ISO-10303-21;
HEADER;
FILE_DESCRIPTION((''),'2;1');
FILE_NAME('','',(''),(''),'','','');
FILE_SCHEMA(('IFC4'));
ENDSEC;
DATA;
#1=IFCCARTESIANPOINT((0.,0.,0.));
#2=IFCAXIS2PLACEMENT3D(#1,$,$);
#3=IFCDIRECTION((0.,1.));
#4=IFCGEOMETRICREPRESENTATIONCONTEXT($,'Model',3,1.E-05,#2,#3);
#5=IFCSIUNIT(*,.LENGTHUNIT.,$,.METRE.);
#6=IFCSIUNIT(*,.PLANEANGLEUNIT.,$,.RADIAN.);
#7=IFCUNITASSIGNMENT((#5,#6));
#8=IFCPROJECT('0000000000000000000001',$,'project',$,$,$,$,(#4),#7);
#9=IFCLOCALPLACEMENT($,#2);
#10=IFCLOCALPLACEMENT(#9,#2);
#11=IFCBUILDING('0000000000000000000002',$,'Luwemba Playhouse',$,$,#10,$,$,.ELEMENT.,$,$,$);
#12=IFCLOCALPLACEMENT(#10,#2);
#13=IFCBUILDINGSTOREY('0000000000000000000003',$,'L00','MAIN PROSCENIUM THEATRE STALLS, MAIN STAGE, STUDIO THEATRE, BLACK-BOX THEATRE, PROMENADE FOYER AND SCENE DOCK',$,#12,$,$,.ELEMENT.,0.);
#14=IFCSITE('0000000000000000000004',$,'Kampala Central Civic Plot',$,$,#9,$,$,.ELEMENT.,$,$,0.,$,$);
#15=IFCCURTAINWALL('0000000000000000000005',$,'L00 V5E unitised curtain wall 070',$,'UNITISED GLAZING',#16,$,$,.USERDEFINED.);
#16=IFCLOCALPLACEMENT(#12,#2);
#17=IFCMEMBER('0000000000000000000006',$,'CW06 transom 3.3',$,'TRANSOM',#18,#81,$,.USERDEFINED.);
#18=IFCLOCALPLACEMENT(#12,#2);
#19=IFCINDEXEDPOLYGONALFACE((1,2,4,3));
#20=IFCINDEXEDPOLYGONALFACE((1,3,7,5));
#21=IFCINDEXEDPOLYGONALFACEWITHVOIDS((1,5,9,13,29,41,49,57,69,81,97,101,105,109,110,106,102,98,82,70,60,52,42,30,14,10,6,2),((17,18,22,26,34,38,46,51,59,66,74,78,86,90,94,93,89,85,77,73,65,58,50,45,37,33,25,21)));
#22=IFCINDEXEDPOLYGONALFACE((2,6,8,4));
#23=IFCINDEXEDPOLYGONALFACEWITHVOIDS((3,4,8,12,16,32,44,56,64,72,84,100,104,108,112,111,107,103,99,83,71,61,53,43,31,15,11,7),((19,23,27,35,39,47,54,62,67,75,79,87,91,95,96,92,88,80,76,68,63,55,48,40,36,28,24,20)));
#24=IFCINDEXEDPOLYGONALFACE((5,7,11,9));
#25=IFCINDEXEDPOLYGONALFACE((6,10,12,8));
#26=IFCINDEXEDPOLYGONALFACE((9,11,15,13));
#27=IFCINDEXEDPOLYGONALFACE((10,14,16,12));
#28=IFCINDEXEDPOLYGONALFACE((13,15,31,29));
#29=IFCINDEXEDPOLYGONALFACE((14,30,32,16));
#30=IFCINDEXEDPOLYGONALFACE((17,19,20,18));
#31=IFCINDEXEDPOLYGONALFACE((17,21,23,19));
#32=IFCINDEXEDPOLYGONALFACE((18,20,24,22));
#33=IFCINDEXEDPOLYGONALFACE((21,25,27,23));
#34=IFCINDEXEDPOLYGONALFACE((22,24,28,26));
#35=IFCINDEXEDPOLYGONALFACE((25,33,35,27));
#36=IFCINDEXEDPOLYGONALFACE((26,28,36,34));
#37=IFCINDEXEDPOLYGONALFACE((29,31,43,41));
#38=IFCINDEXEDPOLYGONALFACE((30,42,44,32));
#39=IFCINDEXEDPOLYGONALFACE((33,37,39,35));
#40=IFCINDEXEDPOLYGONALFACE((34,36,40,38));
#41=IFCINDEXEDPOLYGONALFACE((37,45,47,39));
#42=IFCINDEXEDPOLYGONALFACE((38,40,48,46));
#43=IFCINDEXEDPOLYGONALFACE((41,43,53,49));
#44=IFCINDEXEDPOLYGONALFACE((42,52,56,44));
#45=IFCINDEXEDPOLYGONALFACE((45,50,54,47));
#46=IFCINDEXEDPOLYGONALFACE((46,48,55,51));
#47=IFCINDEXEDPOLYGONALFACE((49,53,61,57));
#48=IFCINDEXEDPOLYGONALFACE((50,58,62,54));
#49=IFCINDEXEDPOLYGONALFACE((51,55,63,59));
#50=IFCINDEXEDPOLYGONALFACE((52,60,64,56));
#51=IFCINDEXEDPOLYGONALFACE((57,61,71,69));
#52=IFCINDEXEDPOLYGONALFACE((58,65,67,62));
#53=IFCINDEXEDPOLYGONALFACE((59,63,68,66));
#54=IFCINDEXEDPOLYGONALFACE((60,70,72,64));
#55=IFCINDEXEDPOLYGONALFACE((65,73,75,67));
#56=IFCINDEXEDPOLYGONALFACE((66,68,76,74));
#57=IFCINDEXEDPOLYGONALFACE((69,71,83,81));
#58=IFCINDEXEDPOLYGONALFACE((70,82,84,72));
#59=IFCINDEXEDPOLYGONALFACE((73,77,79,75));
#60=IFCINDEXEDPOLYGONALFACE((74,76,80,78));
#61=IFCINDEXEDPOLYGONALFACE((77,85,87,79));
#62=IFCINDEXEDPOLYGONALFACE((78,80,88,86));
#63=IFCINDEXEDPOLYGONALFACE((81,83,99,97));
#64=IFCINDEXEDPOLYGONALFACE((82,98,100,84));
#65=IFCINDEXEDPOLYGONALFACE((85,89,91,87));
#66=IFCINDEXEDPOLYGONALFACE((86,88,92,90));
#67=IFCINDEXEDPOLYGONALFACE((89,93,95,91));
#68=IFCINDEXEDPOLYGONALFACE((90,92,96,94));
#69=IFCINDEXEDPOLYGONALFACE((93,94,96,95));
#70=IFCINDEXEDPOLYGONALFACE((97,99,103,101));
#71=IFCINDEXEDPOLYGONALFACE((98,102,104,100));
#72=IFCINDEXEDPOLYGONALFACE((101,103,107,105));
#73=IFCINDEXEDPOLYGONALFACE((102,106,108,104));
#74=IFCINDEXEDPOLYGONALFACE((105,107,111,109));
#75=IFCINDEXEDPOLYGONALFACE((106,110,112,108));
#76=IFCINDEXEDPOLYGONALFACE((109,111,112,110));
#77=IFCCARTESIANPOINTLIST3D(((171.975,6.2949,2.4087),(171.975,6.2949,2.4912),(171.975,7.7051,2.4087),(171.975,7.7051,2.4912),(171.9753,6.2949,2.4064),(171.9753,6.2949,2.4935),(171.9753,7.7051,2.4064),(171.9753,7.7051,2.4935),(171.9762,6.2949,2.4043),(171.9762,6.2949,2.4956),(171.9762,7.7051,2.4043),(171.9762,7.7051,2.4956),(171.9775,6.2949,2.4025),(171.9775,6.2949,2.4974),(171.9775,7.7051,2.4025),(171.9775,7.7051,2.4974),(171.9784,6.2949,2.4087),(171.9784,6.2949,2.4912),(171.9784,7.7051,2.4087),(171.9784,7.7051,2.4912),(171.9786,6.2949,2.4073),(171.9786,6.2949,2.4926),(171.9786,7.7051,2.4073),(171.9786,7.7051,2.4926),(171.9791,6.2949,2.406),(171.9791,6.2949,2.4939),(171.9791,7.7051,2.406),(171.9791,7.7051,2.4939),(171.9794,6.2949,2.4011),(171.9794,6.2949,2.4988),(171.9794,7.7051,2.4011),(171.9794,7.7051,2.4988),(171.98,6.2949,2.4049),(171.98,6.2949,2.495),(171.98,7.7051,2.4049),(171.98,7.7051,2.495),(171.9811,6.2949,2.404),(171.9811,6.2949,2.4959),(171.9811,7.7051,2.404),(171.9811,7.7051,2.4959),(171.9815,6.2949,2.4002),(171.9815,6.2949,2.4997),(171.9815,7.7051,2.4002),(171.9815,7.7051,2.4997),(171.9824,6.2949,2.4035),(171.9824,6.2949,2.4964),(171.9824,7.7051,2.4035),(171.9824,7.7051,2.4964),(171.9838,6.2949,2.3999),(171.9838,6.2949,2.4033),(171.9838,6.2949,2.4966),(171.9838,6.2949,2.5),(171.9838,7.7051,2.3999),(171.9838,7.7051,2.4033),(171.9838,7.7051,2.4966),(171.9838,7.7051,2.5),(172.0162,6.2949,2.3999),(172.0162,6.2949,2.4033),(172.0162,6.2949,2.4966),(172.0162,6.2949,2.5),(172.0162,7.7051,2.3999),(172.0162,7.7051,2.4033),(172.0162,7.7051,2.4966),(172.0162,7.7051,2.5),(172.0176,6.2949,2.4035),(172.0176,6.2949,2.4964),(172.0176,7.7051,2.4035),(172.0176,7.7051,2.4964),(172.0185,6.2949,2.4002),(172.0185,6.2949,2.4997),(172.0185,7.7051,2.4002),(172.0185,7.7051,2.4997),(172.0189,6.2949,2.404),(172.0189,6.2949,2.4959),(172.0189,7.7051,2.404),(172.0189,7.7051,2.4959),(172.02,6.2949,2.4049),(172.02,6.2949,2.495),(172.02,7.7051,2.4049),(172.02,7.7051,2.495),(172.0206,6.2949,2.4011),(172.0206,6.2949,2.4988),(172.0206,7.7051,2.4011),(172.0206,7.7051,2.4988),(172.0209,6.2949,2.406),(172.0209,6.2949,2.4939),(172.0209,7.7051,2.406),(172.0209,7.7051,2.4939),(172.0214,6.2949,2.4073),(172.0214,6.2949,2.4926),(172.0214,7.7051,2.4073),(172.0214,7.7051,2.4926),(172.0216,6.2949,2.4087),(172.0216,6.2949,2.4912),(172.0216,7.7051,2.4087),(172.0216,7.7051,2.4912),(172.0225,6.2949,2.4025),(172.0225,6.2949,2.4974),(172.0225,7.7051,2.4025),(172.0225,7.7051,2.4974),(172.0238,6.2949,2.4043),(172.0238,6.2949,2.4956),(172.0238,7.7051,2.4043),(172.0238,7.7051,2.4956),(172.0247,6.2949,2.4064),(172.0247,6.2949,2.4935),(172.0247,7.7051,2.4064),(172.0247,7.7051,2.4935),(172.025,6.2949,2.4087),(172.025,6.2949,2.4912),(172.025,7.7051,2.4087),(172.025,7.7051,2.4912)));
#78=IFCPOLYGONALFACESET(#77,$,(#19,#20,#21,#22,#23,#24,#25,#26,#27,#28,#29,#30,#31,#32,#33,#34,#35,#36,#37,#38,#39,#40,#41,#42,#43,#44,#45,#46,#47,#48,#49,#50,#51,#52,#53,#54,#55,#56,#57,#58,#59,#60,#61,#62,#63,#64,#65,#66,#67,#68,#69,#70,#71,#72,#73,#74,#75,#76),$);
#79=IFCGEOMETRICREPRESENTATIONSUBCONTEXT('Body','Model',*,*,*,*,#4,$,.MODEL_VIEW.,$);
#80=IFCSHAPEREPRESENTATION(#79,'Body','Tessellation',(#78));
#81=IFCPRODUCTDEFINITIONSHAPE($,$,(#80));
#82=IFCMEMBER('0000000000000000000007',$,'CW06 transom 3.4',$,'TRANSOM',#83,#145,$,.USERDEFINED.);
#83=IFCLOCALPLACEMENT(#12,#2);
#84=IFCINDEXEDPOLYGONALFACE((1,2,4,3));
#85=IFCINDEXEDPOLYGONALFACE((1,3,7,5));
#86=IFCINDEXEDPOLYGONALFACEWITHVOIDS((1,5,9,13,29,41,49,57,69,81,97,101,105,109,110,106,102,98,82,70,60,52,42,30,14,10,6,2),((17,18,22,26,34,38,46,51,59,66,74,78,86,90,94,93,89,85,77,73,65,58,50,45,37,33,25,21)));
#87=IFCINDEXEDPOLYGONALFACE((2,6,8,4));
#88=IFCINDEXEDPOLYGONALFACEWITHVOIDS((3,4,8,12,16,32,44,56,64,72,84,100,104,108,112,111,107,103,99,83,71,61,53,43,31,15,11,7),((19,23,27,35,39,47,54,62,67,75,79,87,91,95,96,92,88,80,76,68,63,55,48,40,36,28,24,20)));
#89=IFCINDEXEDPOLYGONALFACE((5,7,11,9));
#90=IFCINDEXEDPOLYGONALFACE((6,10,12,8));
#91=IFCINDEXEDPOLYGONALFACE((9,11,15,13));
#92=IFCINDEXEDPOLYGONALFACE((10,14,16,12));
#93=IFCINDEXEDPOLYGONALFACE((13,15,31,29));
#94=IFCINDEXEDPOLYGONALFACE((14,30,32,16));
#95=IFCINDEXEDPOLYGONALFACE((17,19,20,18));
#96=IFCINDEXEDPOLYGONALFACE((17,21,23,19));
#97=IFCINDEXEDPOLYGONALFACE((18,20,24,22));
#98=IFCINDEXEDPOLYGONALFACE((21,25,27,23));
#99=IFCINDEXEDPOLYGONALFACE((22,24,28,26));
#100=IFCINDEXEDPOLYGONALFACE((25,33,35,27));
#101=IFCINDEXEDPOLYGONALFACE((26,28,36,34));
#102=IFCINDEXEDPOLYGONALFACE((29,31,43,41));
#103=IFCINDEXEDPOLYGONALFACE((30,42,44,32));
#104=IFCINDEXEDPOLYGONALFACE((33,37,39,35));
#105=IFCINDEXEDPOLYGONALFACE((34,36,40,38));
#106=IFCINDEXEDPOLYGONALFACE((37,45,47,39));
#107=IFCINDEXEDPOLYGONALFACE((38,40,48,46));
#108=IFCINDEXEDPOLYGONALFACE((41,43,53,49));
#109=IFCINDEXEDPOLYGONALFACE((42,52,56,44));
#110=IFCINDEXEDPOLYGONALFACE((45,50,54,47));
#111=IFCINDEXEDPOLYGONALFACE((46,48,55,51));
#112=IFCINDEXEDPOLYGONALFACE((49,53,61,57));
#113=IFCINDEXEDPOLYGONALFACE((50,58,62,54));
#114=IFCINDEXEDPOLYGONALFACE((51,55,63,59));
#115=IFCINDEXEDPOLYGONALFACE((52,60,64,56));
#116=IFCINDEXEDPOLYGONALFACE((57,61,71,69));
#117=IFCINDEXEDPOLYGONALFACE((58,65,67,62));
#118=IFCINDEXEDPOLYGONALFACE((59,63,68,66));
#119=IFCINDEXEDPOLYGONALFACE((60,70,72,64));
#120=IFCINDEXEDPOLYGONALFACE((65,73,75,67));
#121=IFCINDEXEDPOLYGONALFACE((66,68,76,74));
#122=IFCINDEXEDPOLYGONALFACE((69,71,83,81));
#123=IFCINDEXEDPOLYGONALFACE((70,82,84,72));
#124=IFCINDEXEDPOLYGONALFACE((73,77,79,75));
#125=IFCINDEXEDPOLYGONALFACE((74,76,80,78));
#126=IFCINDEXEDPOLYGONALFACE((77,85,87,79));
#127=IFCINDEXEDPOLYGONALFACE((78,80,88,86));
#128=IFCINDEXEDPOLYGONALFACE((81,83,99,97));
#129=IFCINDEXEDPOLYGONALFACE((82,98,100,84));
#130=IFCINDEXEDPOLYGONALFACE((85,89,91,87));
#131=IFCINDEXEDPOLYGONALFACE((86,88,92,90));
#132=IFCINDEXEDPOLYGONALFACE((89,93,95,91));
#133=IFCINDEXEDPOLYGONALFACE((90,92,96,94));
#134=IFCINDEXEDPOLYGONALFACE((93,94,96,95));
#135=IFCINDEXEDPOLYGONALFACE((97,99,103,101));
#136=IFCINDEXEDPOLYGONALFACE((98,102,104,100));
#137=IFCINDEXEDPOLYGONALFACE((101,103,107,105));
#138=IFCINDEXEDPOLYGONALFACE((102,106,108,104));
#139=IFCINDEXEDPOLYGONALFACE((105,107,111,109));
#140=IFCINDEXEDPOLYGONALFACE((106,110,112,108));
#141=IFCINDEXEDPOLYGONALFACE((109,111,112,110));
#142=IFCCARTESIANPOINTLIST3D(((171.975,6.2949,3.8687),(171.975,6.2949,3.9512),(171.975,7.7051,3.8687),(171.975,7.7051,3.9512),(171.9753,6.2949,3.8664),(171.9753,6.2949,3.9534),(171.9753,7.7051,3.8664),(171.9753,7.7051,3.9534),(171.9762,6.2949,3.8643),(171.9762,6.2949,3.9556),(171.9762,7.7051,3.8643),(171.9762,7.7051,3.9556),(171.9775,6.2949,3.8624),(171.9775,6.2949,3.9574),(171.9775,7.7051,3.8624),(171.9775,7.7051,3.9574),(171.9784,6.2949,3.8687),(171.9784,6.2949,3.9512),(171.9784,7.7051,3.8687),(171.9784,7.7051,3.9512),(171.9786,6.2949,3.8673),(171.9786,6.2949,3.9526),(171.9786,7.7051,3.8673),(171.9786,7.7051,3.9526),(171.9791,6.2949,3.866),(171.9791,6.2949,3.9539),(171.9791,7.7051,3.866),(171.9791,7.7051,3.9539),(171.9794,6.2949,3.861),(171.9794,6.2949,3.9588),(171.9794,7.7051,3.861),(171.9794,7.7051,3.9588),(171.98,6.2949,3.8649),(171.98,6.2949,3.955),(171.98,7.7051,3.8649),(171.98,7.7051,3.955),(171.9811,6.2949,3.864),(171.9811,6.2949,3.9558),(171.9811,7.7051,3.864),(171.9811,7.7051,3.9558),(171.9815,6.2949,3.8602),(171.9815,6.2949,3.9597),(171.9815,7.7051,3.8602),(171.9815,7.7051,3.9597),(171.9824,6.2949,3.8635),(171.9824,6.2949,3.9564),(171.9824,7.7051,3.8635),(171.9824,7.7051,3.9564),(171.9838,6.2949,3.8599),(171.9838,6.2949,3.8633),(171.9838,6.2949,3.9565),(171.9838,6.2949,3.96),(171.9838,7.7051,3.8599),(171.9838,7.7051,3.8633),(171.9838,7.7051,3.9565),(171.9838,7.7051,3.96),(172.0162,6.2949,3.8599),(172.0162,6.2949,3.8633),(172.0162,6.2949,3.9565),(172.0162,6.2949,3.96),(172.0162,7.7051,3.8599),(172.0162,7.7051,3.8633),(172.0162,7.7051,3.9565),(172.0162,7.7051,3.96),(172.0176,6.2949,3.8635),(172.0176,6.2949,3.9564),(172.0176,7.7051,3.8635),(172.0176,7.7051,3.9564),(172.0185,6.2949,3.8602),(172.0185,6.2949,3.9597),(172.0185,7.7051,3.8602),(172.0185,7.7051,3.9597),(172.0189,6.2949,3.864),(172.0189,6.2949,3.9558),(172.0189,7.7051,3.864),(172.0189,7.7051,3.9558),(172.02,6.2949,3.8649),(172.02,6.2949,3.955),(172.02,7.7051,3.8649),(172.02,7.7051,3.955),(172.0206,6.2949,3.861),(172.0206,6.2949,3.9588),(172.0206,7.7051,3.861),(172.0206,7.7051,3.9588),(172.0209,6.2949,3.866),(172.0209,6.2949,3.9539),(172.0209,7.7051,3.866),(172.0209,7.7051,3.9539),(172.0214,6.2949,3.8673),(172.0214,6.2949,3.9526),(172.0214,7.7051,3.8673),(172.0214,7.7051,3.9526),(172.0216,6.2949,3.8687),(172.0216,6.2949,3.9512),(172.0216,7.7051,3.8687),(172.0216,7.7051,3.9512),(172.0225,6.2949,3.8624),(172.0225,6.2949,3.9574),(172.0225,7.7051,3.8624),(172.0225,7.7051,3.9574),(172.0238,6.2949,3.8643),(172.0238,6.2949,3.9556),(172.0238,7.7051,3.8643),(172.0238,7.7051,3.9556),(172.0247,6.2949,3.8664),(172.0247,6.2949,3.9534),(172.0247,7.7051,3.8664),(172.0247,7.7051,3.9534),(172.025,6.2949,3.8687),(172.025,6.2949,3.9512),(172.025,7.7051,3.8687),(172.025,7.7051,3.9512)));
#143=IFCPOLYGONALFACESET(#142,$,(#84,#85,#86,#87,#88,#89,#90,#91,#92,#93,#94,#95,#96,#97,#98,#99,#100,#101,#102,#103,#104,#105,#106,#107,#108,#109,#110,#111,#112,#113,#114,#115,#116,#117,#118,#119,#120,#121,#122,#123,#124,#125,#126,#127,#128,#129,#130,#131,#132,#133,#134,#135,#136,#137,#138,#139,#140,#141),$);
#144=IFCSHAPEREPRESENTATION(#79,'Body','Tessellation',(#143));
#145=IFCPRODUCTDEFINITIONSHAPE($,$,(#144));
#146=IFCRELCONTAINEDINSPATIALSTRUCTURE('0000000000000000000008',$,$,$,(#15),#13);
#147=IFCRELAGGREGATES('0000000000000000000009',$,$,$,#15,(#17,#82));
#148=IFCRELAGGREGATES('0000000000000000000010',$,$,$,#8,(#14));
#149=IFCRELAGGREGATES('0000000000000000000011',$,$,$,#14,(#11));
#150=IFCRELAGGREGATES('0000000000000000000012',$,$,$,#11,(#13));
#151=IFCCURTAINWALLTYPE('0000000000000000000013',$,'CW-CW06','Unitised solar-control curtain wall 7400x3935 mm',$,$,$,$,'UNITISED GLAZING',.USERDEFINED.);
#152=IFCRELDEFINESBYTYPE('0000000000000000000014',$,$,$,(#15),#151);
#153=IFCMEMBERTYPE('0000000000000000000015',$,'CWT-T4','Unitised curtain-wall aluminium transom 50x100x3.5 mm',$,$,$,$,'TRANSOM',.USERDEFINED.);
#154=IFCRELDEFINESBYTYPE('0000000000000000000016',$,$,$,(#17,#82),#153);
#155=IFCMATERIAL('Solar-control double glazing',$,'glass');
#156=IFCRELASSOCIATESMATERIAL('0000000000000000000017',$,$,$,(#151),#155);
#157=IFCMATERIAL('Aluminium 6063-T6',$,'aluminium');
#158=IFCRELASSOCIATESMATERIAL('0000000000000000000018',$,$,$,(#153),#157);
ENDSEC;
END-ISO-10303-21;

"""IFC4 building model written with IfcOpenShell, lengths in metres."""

from ifc_helpers import new_model, si_unit, direction, frame, origin, origin_2d, place, context, subcontext, project, spatial, hollow_rectangle, extrude, material, material_profile, profile_set, type_object, element, aggregate, save


model = new_model("IFC4")

# Units and contexts
model_context = context("Model", 3, precision=1e-05, world=origin(), true_north=direction((0.0, 1.0)))
body_context = subcontext(model_context, "Body", "Model", "MODEL_VIEW")
ifc_project = project(units=[si_unit("LENGTHUNIT", "METRE"), si_unit("PLANEANGLEUNIT", "RADIAN")], contexts=[model_context])

# Site, building, storey
site_placement = place(None, origin())
site = spatial("IfcSite", under=ifc_project, at=site_placement, Name="Kampala Central Civic Plot", CompositionType="ELEMENT", RefElevation=0.0)
building_placement = place(site_placement, origin())
building = spatial("IfcBuilding", under=site, at=building_placement, Name="Luwemba Playhouse", CompositionType="ELEMENT")
storey_placement = place(building_placement, origin())
storey = spatial("IfcBuildingStorey", under=building, at=storey_placement, Name="L00", Description="MAIN PROSCENIUM THEATRE STALLS, MAIN STAGE, STUDIO THEATRE, BLACK-BOX THEATRE, PROMENADE FOYER AND SCENE DOCK", CompositionType="ELEMENT", Elevation=0.0)

# Curtain wall, members
ifc_material_1 = material(Name="Solar-control double glazing", Category="glass")
curtain_wall_type = type_object("IfcCurtainWallType", Name="CW-CW06", Description="Unitised solar-control curtain wall 7400x3935 mm", ElementType="UNITISED GLAZING", PredefinedType="USERDEFINED", material=ifc_material_1)
curtain_wall_placement = place(storey_placement, origin())
curtain_wall = element("IfcCurtainWall", 1, at=curtain_wall_placement, inside=storey, type_object=curtain_wall_type, Name="L00 V5E unitised curtain wall 070", ObjectType="UNITISED GLAZING", PredefinedType="USERDEFINED")
ifc_material_2 = material(Name="Aluminium 6063-T6", Category="aluminium")
ifc_material_profile_1 = material_profile(ifc_material_2, hollow_rectangle(XDim=0.05, YDim=0.1001, WallThickness=0.0034, InnerFilletRadius=0.0054, OuterFilletRadius=0.0088, at=origin_2d()))
ifc_profile_set_1 = profile_set([ifc_material_profile_1], Name="Aluminium 6063-T6")
member_type_1 = type_object("IfcMemberType", Name="CWT-T4", Description="Unitised curtain-wall aluminium transom 50x100x3.5 mm", ElementType="TRANSOM", PredefinedType="USERDEFINED", material=ifc_profile_set_1)
member_1_placement = place(storey_placement, frame((172.0, 7.7051, 2.45), z_axis=(0.0, -1.0, 0.0), x_axis=(1.0, 0.0, 0.0)))
member_1 = element("IfcMember", 2, at=member_1_placement, type_object=member_type_1, Name="CW06 transom 3.3", ObjectType="TRANSOM", PredefinedType="USERDEFINED", context=body_context, shape_type="SweptSolid", body=[
    extrude(hollow_rectangle(XDim=0.05, YDim=0.1001, WallThickness=0.0034, InnerFilletRadius=0.0054, OuterFilletRadius=0.0088, at=origin_2d()), origin(), (0.0, 0.0, 1.0), 1.4102),
])
member_2_placement = place(storey_placement, frame((172.0, 7.7051, 3.9099), z_axis=(0.0, -1.0, 0.0), x_axis=(1.0, 0.0, 0.0)))
member_2 = element("IfcMember", 3, at=member_2_placement, type_object=member_type_1, Name="CW06 transom 3.4", ObjectType="TRANSOM", PredefinedType="USERDEFINED", context=body_context, shape_type="SweptSolid", body=[
    extrude(hollow_rectangle(XDim=0.05, YDim=0.1001, WallThickness=0.0034, InnerFilletRadius=0.0054, OuterFilletRadius=0.0088, at=origin_2d()), origin(), (0.0, 0.0, 1.0), 1.4102),
])
aggregate(curtain_wall, [member_1, member_2])

save(model, "model.ifc")
